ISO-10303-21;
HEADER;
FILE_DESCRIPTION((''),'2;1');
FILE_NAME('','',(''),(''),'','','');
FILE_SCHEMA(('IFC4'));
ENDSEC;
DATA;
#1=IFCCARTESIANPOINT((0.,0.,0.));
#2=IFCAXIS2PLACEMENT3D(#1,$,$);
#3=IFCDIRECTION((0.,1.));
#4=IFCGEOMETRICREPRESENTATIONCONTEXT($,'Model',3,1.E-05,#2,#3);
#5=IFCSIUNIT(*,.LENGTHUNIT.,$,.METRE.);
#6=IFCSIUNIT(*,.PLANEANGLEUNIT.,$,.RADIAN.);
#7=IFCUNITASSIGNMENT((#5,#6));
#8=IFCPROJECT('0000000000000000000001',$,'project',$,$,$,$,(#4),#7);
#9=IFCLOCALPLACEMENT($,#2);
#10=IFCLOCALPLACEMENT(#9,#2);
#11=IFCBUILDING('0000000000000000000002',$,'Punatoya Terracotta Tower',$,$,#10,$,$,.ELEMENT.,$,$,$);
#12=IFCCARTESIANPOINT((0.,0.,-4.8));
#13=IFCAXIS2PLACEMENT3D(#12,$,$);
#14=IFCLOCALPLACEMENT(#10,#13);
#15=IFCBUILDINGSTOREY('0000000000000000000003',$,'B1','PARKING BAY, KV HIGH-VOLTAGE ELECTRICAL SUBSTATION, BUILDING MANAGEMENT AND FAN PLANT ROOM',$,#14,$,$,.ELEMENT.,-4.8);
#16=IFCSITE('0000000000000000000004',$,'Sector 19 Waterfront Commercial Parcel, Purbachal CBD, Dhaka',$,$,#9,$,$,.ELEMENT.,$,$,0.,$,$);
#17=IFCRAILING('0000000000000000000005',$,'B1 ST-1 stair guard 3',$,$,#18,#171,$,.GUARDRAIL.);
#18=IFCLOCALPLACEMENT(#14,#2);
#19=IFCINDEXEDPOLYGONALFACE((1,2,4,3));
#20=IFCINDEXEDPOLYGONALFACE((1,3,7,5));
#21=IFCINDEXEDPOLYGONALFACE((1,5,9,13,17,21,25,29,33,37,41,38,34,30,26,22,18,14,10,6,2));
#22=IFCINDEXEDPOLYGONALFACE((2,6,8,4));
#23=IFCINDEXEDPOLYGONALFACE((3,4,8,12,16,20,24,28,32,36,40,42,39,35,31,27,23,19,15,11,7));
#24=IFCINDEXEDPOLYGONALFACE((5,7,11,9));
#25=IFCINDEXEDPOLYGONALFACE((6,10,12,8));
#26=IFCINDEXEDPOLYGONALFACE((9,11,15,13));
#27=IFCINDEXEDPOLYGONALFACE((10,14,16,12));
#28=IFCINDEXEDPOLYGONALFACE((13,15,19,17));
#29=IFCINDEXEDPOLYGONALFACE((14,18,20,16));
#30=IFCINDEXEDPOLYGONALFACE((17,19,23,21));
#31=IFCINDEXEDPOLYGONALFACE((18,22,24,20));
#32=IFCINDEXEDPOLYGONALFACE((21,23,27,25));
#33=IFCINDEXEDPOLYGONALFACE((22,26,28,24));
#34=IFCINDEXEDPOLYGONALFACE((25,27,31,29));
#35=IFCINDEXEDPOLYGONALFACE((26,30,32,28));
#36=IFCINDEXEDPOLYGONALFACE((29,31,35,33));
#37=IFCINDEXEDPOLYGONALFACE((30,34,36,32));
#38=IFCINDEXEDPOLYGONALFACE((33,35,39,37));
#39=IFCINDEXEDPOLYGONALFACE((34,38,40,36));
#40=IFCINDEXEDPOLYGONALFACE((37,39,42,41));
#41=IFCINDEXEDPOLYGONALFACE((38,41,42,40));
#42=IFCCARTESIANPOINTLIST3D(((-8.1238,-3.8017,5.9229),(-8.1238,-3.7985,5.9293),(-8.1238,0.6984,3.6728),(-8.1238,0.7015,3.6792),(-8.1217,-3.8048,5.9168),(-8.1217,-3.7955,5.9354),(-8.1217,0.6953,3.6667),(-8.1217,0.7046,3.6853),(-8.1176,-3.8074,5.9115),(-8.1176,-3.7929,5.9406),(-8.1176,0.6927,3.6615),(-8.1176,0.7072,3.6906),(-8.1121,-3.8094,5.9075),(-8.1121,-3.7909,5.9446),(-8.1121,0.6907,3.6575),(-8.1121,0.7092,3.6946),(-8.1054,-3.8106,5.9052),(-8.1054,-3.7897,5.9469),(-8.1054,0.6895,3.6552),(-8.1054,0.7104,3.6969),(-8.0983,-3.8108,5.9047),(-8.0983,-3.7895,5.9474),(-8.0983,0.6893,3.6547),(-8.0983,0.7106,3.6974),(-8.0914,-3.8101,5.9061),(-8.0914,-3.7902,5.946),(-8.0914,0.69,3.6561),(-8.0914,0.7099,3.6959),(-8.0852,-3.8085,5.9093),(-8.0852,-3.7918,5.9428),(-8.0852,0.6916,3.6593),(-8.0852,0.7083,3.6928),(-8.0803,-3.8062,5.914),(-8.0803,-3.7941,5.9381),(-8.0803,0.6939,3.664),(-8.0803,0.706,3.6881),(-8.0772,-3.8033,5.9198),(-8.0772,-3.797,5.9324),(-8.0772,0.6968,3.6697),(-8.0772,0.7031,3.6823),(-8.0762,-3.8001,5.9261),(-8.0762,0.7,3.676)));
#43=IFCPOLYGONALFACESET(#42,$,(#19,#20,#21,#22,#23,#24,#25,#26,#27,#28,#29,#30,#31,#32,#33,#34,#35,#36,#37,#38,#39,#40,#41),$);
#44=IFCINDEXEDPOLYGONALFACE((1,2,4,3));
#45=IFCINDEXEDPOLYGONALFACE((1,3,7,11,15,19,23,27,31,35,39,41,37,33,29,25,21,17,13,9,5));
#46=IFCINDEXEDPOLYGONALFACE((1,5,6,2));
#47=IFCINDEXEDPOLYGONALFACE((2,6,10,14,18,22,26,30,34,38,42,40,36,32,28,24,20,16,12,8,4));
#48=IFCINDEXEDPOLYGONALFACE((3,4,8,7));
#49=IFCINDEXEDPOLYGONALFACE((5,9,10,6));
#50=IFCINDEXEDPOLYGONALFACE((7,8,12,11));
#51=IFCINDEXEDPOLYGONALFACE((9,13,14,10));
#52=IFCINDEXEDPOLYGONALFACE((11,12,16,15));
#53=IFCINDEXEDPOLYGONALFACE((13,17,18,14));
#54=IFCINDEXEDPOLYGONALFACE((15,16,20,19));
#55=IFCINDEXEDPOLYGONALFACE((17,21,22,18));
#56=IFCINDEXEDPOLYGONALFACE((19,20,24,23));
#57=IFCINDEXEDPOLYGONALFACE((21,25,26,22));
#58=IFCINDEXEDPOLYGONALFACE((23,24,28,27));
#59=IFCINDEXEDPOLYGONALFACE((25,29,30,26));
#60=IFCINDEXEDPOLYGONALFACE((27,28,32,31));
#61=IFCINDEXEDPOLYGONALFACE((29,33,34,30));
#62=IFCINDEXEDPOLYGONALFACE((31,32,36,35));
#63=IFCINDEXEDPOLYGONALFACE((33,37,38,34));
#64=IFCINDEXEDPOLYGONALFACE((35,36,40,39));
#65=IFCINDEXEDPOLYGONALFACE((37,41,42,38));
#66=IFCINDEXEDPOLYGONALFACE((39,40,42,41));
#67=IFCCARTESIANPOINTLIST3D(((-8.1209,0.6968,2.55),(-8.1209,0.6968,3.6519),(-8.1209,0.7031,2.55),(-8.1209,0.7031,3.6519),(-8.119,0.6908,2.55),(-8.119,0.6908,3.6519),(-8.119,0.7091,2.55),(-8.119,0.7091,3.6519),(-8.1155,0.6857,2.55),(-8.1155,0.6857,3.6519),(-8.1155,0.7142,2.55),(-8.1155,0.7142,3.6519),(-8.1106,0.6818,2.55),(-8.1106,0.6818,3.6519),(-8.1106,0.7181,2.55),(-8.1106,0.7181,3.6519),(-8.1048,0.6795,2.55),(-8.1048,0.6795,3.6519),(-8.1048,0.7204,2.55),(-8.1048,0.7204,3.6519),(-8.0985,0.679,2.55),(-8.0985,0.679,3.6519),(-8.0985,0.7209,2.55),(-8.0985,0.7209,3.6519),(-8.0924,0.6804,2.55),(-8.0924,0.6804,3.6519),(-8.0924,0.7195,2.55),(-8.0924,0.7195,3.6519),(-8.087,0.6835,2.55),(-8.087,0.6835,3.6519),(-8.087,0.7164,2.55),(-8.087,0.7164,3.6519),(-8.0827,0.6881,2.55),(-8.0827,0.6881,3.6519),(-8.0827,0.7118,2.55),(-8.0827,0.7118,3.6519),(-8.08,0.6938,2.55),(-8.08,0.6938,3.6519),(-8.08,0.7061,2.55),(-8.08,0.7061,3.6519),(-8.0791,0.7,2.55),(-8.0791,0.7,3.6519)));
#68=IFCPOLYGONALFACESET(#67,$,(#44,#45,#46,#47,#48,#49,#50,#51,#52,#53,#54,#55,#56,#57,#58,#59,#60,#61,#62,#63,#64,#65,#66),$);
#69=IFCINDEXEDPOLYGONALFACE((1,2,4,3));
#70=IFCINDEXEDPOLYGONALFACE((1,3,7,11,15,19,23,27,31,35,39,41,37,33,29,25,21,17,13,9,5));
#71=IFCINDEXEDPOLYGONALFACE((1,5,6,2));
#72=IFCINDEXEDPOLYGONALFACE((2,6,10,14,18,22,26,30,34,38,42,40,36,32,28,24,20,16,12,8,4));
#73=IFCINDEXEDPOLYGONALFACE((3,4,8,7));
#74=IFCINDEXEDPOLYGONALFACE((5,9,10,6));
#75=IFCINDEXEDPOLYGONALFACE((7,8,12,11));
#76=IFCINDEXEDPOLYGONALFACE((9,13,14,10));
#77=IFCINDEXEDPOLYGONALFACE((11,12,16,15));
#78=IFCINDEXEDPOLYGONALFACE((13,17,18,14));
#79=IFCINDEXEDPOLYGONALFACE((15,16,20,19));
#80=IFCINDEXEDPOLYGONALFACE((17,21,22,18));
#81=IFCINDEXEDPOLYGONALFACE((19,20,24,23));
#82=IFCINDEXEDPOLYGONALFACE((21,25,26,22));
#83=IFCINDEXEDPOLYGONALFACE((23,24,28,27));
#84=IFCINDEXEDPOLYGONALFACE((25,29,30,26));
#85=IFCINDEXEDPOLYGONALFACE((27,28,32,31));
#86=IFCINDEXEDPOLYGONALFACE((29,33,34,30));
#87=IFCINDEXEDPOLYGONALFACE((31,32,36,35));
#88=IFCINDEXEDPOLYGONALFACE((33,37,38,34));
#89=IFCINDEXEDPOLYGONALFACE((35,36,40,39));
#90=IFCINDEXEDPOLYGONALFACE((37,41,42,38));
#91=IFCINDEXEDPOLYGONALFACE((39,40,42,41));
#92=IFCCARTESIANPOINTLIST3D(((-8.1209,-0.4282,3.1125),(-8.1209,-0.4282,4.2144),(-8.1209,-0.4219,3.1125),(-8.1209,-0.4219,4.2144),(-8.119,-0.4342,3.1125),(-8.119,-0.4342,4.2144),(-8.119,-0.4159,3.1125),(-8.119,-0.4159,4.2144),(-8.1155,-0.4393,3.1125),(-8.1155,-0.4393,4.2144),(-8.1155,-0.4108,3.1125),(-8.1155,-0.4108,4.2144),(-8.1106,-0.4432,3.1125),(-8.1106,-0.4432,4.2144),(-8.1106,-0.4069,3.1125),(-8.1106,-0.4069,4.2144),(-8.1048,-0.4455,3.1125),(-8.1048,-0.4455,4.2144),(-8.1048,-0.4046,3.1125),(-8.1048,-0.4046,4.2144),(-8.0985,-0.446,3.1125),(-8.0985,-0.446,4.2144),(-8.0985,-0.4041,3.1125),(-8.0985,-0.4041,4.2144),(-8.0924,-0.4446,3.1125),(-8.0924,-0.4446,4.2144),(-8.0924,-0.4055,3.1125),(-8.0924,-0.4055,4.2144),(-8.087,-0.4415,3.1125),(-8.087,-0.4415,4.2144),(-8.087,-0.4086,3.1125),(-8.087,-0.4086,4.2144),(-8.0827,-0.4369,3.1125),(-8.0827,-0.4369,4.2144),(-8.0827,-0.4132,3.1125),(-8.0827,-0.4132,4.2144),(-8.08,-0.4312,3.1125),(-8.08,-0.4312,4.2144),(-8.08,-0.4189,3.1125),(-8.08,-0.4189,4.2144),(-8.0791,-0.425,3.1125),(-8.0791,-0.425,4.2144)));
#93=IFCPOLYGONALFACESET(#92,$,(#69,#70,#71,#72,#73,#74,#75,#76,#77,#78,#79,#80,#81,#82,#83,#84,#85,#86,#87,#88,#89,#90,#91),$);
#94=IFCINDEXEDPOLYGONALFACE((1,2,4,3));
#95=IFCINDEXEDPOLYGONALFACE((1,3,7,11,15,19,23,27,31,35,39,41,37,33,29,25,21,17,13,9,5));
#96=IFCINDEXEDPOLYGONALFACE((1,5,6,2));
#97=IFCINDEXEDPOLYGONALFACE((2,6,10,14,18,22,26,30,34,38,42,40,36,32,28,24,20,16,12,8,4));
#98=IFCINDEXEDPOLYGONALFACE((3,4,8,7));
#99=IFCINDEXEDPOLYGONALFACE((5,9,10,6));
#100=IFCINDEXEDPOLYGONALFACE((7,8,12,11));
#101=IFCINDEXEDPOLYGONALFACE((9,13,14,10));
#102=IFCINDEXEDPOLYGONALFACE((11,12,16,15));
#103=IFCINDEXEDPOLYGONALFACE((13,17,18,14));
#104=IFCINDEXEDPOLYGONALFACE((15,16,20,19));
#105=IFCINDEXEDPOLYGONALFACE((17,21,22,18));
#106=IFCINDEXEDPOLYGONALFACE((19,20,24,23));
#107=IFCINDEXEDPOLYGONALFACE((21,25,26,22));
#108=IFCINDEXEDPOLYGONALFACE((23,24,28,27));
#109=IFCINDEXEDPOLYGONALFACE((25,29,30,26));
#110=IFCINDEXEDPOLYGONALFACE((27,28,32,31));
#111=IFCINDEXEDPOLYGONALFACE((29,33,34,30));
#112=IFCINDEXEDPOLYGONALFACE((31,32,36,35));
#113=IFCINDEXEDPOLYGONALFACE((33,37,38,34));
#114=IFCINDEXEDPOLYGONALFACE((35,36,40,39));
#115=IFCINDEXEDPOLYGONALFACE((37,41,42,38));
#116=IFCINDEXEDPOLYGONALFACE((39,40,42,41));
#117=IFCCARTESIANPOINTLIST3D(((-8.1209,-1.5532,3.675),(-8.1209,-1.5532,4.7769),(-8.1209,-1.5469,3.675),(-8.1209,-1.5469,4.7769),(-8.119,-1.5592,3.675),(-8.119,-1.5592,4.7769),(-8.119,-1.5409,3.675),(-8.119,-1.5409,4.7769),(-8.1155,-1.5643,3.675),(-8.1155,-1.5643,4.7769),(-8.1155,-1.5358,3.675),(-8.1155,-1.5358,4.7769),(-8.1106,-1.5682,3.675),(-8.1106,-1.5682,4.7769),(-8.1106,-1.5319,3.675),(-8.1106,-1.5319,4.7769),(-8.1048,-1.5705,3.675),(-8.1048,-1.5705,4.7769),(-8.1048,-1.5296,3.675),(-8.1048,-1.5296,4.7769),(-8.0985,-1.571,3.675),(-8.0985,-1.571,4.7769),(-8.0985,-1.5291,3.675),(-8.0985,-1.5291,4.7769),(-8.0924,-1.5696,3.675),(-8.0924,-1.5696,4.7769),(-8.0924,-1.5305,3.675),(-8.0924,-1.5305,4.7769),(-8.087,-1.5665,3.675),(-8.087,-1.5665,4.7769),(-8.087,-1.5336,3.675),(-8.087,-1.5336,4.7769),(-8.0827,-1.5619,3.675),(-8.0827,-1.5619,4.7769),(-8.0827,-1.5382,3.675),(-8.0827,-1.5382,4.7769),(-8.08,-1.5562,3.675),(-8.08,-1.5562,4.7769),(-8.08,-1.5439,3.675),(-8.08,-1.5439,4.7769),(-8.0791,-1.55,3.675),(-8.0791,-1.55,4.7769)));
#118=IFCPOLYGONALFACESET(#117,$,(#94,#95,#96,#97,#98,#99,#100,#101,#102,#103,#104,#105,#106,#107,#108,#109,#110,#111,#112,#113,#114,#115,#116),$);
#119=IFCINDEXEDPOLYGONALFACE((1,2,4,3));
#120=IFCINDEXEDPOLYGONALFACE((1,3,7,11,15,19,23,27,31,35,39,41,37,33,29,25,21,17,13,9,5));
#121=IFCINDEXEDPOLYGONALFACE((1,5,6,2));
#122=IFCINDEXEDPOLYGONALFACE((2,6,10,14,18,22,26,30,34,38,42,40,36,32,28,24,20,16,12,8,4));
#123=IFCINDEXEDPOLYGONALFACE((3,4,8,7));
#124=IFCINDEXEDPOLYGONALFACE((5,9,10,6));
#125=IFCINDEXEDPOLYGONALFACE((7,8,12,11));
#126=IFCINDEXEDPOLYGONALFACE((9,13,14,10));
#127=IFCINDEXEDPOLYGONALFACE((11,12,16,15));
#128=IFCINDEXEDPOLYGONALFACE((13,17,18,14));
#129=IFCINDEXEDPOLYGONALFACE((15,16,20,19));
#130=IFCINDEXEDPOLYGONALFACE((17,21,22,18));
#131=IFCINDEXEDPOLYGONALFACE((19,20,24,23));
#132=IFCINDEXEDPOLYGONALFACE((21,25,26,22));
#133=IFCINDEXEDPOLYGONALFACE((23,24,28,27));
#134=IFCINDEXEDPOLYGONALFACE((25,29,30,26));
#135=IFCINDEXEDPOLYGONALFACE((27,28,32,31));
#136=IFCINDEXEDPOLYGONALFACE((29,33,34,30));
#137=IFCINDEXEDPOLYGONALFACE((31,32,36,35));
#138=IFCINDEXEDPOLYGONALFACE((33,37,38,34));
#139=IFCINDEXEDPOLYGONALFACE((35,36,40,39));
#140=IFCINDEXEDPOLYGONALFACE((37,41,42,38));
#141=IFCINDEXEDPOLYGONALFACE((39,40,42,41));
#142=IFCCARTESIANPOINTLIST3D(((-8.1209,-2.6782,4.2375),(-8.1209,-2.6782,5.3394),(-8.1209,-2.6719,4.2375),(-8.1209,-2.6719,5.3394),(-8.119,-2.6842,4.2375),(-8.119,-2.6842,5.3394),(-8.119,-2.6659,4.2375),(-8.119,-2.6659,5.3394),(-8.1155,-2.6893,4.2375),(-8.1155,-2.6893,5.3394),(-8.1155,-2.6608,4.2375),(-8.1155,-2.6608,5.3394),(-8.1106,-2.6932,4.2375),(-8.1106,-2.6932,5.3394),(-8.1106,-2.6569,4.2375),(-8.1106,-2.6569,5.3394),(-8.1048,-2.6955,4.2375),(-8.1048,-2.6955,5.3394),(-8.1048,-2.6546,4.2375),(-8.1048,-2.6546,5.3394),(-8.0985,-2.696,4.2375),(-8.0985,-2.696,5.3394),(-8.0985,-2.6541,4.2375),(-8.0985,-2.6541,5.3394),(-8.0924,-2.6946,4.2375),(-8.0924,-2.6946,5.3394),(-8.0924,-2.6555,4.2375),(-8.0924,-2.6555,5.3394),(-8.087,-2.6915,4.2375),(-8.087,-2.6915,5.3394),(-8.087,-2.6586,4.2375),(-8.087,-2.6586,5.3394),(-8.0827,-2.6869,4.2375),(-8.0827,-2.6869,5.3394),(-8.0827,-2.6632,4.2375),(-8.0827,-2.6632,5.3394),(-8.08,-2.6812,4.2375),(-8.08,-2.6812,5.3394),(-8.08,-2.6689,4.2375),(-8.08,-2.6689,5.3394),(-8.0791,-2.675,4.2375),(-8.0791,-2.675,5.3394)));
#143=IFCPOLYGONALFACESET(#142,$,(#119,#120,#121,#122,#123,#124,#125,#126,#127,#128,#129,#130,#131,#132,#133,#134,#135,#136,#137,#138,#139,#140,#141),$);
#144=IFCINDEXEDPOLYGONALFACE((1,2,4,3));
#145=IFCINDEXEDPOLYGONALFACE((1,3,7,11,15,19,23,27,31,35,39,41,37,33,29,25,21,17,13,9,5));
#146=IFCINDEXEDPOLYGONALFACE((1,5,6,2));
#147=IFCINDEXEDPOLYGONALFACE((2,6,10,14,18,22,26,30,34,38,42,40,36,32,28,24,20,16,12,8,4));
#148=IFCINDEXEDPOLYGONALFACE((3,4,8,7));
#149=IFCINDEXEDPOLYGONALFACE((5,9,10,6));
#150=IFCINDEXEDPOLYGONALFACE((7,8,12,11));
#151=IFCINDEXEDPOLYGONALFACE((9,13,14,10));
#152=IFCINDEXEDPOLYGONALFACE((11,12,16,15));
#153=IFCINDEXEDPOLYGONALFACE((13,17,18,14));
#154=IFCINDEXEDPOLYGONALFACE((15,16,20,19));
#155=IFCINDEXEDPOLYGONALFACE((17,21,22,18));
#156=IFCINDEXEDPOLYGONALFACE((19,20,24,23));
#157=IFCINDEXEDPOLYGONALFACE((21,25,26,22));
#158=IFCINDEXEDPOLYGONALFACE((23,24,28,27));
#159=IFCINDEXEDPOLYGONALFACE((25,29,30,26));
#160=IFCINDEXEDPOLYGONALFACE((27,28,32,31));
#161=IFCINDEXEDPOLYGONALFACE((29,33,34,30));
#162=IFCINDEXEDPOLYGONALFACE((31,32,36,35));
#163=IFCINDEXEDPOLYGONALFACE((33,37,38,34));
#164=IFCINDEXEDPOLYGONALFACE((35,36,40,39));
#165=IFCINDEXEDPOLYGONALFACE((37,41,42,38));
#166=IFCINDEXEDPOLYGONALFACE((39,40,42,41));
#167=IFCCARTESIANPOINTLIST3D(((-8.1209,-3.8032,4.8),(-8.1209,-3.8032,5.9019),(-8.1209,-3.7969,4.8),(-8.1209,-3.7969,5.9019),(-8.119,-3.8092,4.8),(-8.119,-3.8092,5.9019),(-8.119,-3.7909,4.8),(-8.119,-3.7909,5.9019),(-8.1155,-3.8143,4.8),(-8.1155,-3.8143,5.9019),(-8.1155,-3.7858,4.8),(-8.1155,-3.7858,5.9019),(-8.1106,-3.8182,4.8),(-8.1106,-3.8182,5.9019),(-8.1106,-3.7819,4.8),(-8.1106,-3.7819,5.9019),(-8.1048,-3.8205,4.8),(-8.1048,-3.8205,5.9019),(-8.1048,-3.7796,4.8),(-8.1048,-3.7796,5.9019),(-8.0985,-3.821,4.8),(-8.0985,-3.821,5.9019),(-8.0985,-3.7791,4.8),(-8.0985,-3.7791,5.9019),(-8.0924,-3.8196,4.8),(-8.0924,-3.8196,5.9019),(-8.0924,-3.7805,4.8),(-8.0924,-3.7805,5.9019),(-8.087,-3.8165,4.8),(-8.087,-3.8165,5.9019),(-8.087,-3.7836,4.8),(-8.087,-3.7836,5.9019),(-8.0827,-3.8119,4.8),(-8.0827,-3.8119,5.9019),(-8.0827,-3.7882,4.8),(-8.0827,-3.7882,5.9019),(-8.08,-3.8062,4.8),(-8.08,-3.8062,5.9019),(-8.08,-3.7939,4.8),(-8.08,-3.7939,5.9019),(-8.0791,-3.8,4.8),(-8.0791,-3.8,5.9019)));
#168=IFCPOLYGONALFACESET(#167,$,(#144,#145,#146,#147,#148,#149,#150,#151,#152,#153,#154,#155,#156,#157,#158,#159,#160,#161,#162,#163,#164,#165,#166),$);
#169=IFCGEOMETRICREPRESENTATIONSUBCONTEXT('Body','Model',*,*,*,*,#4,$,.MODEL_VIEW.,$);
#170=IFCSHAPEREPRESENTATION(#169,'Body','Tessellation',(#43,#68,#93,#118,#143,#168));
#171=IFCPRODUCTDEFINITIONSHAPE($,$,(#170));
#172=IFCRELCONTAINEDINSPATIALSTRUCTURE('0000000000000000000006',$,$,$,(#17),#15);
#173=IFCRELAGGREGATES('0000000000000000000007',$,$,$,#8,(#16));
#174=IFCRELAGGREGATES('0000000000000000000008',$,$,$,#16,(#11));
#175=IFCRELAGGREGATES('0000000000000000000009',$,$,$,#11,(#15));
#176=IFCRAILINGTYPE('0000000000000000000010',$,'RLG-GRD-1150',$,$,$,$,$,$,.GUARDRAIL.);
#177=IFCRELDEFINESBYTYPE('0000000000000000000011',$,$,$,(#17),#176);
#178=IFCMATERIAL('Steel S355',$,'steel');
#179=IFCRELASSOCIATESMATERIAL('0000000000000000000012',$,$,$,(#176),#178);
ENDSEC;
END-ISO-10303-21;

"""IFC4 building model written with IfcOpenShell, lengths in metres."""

from ifc_helpers import new_model, si_unit, direction, frame, origin, origin_2d, place, context, subcontext, project, spatial, circle, extrude, material, type_object, element, save


model = new_model("IFC4")

# Units and contexts
model_context = context("Model", 3, precision=1e-05, world=origin(), true_north=direction((0.0, 1.0)))
body_context = subcontext(model_context, "Body", "Model", "MODEL_VIEW")
ifc_project = project(units=[si_unit("LENGTHUNIT", "METRE"), si_unit("PLANEANGLEUNIT", "RADIAN")], contexts=[model_context])

# Site, building, storey
site_placement = place(None, origin())
site = spatial("IfcSite", under=ifc_project, at=site_placement, Name="Sector 19 Waterfront Commercial Parcel, Purbachal CBD, Dhaka", CompositionType="ELEMENT", RefElevation=0.0)
building_placement = place(site_placement, origin())
building = spatial("IfcBuilding", under=site, at=building_placement, Name="Punatoya Terracotta Tower", CompositionType="ELEMENT")
storey_placement = place(building_placement, frame((0.0, 0.0, -4.8)))
storey = spatial("IfcBuildingStorey", under=building, at=storey_placement, Name="B1", Description="PARKING BAY, KV HIGH-VOLTAGE ELECTRICAL SUBSTATION, BUILDING MANAGEMENT AND FAN PLANT ROOM", CompositionType="ELEMENT", Elevation=-4.8)

# Shared definitions
ifc_material_1 = material(Name="Steel S355", Category="steel")

# Railing
railing_type_1 = type_object("IfcRailingType", Name="RLG-GRD-1150", PredefinedType="GUARDRAIL", material=ifc_material_1)
railing_1_placement = place(storey_placement, frame((-8.1001, 0.7, 2.55)))
element("IfcRailing", 1, at=railing_1_placement, inside=storey, type_object=railing_type_1, Name="B1 ST-1 stair guard 3", PredefinedType="GUARDRAIL", context=body_context, shape_type="SweptSolid", body=[
    extrude(circle(Radius=0.0239, at=origin_2d()), frame((0.0, 0.0, 1.126), z_axis=(0.0, -0.894427, 0.447214), x_axis=(1.0, 0.0, 0.0)), (0.0, 0.0, 1.0), 5.0312),
    extrude(circle(Radius=0.021, at=origin_2d()), origin(), (0.0, 0.0, 1.0), 1.1018),
    extrude(circle(Radius=0.021, at=origin_2d()), frame((0.0, -1.125, 0.5625)), (0.0, 0.0, 1.0), 1.1018),
    extrude(circle(Radius=0.021, at=origin_2d()), frame((0.0, -2.25, 1.125)), (0.0, 0.0, 1.0), 1.1018),
    extrude(circle(Radius=0.021, at=origin_2d()), frame((0.0, -3.375, 1.6875)), (0.0, 0.0, 1.0), 1.1018),
    extrude(circle(Radius=0.021, at=origin_2d()), frame((0.0, -4.5, 2.25)), (0.0, 0.0, 1.0), 1.1018),
])

save(model, "model.ifc")
